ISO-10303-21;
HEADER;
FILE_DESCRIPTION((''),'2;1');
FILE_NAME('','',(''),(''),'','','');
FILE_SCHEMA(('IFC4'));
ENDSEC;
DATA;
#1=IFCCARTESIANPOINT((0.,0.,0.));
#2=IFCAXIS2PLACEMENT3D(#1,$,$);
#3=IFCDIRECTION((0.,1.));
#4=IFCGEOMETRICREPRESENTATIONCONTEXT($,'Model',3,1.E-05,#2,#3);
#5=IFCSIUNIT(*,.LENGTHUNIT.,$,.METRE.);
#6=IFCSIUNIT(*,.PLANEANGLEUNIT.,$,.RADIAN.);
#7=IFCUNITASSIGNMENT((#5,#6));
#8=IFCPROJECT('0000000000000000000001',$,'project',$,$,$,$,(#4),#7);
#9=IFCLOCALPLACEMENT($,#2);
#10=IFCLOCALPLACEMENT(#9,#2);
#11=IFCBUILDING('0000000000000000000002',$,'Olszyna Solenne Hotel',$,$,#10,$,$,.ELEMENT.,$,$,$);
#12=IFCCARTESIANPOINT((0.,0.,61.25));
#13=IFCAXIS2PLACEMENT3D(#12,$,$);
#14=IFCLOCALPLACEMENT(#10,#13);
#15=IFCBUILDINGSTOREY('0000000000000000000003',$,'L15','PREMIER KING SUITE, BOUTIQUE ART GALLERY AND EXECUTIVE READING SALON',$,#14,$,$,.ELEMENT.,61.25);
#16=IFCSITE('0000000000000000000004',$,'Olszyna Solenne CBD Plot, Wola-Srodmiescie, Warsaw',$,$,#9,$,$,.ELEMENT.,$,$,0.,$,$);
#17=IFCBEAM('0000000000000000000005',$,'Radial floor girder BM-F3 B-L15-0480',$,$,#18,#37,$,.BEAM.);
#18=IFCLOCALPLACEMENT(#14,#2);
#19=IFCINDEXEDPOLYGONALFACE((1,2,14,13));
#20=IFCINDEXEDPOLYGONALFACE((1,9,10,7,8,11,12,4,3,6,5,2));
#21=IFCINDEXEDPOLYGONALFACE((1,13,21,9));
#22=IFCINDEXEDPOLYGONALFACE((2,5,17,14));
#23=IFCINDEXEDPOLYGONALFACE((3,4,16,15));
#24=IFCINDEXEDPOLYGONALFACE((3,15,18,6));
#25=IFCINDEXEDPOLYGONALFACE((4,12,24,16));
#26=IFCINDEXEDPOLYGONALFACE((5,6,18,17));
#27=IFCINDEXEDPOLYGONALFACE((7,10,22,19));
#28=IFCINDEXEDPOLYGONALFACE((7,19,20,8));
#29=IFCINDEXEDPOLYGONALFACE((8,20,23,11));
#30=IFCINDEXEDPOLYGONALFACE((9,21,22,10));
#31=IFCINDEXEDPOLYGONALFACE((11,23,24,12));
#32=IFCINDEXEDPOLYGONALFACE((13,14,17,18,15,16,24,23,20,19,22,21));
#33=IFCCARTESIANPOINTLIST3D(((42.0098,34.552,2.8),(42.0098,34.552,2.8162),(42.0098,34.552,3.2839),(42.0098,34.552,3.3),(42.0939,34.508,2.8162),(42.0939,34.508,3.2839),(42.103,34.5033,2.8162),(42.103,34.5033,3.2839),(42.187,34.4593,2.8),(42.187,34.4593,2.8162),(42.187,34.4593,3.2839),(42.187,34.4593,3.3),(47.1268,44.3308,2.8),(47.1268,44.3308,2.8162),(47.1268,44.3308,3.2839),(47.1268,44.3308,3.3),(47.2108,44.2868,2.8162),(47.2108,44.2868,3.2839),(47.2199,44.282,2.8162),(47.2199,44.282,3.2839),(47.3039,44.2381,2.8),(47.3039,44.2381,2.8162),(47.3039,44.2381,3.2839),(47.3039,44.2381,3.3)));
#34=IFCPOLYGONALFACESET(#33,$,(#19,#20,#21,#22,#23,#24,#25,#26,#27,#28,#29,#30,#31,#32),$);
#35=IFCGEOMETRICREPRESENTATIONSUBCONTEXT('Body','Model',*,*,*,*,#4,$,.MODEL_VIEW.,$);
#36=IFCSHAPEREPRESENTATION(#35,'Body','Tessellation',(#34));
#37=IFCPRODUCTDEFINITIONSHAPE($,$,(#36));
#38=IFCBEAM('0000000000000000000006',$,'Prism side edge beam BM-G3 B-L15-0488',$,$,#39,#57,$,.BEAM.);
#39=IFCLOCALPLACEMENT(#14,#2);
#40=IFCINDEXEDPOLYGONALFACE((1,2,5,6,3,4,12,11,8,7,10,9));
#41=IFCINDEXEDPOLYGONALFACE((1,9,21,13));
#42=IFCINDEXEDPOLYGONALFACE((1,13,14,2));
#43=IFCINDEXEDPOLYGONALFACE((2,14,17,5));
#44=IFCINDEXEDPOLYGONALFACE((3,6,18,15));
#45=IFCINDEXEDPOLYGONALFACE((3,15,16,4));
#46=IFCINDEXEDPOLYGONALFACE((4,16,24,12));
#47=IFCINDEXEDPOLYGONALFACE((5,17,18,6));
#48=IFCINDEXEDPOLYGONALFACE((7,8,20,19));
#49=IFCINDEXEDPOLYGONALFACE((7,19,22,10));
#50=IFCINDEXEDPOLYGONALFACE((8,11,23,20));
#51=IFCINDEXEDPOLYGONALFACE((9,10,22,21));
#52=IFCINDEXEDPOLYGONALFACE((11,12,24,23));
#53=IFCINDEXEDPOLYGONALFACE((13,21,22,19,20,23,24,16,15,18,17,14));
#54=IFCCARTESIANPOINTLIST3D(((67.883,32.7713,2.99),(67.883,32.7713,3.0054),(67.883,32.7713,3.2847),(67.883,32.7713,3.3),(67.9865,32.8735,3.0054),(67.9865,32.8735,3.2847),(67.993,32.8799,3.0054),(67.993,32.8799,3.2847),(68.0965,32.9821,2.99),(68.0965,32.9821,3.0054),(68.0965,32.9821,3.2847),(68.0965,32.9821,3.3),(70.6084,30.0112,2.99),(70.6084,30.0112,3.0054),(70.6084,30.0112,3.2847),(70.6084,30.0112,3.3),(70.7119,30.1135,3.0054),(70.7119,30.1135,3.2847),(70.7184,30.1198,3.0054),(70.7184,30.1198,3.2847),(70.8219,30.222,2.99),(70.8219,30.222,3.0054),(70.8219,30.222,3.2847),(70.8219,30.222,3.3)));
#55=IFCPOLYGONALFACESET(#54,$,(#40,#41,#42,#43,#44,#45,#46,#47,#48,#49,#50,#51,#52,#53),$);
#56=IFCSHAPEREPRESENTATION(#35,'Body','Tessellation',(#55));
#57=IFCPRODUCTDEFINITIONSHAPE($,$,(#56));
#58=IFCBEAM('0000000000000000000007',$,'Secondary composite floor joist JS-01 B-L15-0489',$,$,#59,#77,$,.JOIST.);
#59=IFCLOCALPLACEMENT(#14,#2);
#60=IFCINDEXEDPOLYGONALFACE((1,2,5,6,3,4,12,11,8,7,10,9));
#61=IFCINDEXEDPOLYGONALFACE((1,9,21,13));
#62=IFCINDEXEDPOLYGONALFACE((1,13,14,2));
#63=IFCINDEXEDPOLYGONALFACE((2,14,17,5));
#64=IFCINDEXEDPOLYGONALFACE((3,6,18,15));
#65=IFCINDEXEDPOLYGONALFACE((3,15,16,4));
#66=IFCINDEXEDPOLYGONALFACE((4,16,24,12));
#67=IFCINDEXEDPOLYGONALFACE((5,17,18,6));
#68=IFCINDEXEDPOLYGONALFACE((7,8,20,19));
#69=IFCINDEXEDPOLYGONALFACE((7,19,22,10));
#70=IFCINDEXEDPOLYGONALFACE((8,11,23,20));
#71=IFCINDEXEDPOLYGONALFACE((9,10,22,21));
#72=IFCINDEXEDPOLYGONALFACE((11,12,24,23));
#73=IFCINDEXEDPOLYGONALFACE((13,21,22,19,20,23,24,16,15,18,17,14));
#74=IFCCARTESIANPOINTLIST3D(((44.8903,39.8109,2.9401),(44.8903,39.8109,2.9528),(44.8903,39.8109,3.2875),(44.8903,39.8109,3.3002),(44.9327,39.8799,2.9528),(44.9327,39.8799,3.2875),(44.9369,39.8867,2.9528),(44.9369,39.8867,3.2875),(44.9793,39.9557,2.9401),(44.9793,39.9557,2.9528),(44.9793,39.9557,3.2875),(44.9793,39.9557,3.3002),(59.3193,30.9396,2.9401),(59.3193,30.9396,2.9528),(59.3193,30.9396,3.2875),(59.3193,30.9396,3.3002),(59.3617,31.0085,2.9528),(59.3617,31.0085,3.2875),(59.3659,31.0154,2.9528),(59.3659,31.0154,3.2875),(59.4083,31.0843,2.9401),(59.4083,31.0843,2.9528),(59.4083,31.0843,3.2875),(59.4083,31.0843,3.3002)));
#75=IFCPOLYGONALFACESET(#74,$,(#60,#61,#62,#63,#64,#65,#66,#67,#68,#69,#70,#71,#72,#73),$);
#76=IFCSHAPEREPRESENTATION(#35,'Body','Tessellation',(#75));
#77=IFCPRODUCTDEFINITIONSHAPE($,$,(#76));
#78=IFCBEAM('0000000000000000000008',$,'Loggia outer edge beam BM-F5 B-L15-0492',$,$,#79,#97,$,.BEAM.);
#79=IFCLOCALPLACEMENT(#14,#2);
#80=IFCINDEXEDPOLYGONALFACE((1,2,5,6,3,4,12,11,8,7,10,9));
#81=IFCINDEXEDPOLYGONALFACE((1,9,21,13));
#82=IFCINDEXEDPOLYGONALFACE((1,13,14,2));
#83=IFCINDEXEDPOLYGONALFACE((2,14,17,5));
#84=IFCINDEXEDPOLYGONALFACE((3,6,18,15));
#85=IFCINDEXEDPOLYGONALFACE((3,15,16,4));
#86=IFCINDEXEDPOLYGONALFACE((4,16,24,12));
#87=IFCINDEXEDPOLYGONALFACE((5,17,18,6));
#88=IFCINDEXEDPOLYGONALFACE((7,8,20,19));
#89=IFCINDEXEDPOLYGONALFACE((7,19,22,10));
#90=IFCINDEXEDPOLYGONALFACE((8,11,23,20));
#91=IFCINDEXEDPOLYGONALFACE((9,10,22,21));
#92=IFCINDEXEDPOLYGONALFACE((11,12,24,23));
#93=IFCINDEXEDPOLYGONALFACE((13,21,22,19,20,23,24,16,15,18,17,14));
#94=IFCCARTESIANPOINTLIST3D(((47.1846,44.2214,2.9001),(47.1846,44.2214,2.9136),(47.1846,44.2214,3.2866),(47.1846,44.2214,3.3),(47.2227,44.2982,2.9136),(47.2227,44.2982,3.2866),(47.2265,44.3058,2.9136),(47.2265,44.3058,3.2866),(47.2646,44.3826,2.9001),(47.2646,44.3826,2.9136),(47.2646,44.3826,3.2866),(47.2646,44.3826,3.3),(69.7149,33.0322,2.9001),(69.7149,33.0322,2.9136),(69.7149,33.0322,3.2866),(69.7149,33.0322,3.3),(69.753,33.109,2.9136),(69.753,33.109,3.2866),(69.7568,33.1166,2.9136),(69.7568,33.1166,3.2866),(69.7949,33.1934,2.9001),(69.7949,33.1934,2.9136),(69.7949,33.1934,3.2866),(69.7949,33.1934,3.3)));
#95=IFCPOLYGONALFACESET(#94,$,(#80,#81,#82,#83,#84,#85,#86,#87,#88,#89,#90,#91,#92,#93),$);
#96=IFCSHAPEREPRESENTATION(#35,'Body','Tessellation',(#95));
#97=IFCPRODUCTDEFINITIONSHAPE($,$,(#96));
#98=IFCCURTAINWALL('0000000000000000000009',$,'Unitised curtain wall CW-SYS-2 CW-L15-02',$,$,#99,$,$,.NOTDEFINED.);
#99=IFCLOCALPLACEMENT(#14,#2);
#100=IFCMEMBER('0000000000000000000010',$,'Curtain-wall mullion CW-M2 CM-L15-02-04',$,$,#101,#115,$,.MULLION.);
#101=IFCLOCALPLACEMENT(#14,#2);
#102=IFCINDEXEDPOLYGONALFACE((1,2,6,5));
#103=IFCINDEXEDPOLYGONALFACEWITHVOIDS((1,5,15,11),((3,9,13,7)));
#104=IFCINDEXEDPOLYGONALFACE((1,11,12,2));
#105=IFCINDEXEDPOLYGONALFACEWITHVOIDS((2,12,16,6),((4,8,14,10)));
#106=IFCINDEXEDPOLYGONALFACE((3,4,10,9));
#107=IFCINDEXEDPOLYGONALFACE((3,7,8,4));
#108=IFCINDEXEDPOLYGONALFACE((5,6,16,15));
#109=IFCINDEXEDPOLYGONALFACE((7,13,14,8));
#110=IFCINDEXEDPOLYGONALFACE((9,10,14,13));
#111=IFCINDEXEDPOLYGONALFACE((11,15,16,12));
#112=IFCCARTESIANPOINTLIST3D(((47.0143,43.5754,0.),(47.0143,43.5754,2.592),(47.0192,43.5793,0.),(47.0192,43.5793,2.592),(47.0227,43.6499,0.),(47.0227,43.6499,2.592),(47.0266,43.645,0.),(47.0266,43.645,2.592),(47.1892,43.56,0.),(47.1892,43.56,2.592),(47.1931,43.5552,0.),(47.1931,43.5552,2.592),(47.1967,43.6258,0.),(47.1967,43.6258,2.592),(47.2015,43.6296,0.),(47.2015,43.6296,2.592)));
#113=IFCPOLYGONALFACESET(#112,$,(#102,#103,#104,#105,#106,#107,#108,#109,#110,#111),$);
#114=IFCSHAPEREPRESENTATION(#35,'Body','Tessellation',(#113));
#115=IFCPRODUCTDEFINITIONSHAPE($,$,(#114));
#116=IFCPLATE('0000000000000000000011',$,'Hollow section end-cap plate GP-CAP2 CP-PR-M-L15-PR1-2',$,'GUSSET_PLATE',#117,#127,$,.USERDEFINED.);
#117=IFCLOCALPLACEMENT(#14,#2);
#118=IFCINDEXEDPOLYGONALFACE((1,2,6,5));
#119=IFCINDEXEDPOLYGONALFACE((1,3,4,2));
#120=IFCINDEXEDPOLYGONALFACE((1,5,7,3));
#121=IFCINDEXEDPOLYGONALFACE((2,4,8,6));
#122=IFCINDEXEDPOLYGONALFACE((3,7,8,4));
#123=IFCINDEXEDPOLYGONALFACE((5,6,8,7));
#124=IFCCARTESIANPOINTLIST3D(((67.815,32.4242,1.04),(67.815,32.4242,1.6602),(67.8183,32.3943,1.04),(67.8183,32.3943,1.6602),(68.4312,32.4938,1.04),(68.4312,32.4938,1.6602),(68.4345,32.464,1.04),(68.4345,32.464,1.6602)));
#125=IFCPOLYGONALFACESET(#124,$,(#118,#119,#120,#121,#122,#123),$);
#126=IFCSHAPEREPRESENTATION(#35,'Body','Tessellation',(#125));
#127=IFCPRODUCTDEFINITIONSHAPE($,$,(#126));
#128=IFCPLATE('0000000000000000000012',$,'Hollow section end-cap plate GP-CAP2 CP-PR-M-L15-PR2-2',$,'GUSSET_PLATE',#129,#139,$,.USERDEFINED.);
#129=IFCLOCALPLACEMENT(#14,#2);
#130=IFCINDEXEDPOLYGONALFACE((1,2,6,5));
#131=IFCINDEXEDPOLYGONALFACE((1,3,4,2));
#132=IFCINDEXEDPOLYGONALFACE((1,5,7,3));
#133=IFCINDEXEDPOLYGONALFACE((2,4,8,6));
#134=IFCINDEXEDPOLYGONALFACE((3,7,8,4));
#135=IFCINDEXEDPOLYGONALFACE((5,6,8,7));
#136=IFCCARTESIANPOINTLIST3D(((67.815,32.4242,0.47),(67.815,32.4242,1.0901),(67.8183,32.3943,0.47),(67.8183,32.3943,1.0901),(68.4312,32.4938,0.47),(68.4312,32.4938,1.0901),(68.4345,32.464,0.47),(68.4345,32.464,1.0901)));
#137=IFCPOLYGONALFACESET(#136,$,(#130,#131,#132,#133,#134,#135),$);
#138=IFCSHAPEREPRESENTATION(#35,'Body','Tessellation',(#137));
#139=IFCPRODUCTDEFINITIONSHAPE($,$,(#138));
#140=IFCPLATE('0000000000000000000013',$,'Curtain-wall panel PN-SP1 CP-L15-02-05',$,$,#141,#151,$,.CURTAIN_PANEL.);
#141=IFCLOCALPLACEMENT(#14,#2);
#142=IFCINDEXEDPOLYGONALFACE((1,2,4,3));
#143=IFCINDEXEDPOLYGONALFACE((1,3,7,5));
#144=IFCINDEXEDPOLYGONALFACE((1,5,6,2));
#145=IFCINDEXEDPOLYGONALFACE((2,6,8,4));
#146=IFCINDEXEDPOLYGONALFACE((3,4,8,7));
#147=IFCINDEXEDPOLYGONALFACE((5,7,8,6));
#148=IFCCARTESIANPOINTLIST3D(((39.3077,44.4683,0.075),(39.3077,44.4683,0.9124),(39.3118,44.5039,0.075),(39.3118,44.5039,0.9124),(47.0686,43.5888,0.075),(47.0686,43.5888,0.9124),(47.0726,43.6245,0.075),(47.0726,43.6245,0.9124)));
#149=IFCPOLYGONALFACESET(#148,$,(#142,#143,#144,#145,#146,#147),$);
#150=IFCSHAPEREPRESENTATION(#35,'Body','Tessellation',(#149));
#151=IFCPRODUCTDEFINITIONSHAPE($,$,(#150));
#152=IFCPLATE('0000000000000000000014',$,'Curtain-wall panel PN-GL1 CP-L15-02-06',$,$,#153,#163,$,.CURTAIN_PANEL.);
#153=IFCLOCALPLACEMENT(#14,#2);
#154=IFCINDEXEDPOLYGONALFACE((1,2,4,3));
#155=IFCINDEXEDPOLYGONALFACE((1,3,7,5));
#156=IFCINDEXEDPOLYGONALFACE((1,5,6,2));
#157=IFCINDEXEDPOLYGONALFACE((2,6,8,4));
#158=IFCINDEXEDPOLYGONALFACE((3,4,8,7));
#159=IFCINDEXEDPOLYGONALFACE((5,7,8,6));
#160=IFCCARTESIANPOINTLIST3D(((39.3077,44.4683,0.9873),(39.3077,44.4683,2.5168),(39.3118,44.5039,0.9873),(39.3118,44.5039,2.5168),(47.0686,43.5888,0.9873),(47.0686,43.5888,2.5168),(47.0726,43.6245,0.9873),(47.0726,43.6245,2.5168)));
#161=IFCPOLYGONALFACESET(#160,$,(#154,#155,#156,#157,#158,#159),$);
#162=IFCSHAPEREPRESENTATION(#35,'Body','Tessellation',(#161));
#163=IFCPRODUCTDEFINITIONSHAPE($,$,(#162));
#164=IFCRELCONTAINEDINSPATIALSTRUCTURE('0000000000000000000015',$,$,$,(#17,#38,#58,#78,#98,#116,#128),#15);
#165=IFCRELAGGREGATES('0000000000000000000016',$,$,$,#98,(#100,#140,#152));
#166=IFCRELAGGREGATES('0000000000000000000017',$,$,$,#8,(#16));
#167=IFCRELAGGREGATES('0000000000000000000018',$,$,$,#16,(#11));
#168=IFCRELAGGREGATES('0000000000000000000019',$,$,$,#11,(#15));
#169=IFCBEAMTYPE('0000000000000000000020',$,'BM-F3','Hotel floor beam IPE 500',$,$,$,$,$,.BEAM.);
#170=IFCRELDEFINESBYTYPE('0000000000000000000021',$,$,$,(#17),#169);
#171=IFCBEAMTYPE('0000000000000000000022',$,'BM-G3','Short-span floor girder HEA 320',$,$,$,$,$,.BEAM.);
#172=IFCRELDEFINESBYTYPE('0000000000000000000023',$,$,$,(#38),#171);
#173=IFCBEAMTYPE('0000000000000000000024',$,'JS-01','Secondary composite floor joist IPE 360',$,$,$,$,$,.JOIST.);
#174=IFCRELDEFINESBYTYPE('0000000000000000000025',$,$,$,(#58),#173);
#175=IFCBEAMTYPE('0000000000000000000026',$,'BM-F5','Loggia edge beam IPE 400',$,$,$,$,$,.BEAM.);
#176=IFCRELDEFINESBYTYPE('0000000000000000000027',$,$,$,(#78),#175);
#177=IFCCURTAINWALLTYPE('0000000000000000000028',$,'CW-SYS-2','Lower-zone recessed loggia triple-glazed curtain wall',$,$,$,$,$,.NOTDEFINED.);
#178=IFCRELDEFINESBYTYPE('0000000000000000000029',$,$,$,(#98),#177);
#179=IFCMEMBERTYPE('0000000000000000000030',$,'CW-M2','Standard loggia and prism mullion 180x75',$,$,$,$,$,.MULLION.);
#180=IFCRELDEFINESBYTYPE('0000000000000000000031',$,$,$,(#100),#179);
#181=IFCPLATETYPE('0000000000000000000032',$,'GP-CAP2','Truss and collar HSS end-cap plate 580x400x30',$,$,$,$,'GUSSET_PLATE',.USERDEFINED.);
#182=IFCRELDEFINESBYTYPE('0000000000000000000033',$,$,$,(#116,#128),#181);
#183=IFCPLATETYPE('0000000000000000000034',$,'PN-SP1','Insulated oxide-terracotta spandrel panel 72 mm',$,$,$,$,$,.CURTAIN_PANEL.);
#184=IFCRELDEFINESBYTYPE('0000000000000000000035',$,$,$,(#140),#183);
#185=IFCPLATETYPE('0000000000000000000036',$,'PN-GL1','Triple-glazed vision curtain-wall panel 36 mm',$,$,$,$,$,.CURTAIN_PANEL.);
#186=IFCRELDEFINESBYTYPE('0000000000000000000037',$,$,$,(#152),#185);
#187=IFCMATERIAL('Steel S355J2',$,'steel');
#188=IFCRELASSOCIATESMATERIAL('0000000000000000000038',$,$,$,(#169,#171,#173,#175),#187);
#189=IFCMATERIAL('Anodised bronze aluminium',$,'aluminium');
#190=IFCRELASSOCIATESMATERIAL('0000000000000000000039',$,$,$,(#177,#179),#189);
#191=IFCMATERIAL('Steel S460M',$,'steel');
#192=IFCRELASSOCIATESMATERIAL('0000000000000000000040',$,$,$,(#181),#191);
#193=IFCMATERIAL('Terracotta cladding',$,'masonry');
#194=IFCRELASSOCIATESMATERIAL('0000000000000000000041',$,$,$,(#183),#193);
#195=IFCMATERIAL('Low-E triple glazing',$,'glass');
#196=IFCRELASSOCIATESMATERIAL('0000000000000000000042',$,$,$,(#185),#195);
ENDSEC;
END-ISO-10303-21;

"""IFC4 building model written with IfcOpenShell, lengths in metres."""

from ifc_helpers import new_model, si_unit, direction, frame, origin, origin_2d, place, context, subcontext, project, spatial, rectangle, hollow_rectangle, i_section, extrude, source, transform, mapped, material, material_profile, profile_set, type_object, element, aggregate, save


model = new_model("IFC4")

# Units and contexts
model_context = context("Model", 3, precision=1e-05, world=origin(), true_north=direction((0.0, 1.0)))
body_context = subcontext(model_context, "Body", "Model", "MODEL_VIEW")
ifc_project = project(units=[si_unit("LENGTHUNIT", "METRE"), si_unit("PLANEANGLEUNIT", "RADIAN")], contexts=[model_context])

# Site, building, storey
site_placement = place(None, origin())
site = spatial("IfcSite", under=ifc_project, at=site_placement, Name="Olszyna Solenne CBD Plot, Wola-Srodmiescie, Warsaw", CompositionType="ELEMENT", RefElevation=0.0)
building_placement = place(site_placement, origin())
building = spatial("IfcBuilding", under=site, at=building_placement, Name="Olszyna Solenne Hotel", CompositionType="ELEMENT")
storey_placement = place(building_placement, frame((0.0, 0.0, 61.25)))
storey = spatial("IfcBuildingStorey", under=building, at=storey_placement, Name="L15", Description="PREMIER KING SUITE, BOUTIQUE ART GALLERY AND EXECUTIVE READING SALON", CompositionType="ELEMENT", Elevation=61.25)

# Shared definitions
ifc_material_1 = material(Name="Steel S460M", Category="steel")

# Beams
ifc_material_2 = material(Name="Steel S355J2", Category="steel")
ifc_material_profile_1 = material_profile(ifc_material_2, i_section(OverallWidth=0.2, OverallDepth=0.5, WebThickness=0.0103, FlangeThickness=0.0161, at=origin_2d()), Name="IPE 500", Category="load-bearing")
ifc_profile_set_1 = profile_set([ifc_material_profile_1], Name="Steel S355J2")
beam_type_1 = type_object("IfcBeamType", Name="BM-F3", Description="Hotel floor beam IPE 500", PredefinedType="BEAM", material=ifc_profile_set_1)
shared_shape_1 = source(origin(), body_context, "Body", "SweptSolid", [
    extrude(i_section(OverallWidth=0.2, OverallDepth=0.5, WebThickness=0.0103, FlangeThickness=0.0161, at=origin_2d()), origin(), (0.0, 0.0, 1.0), 11.0366),
])
beam_1_placement = place(storey_placement, frame((47.2153, 44.2844, 3.05), z_axis=(-0.463631, -0.886028, 0.0), x_axis=(0.886028, -0.463631, 0.0)))
element("IfcBeam", 1, at=beam_1_placement, inside=storey, type_object=beam_type_1, Name="Radial floor girder BM-F3 B-L15-0480", PredefinedType="BEAM", context=body_context, shape_type="MappedRepresentation", body=[
    mapped(shared_shape_1, transform((0.0, 0.0, 0.0), x_axis=(1.0, 0.0, 0.0), y_axis=(0.0, 1.0, 0.0), z_axis=(0.0, 0.0, 1.0), scale=1.0)),
])
ifc_material_profile_2 = material_profile(ifc_material_2, i_section(OverallWidth=0.3, OverallDepth=0.3101, WebThickness=0.009, FlangeThickness=0.0154, at=origin_2d()), Name="HEA 320", Category="load-bearing")
ifc_profile_set_2 = profile_set([ifc_material_profile_2], Name="Steel S355J2")
beam_type_2 = type_object("IfcBeamType", Name="BM-G3", Description="Short-span floor girder HEA 320", PredefinedType="BEAM", material=ifc_profile_set_2)
shared_shape_2 = source(origin(), body_context, "Body", "SweptSolid", [
    extrude(i_section(OverallWidth=0.3, OverallDepth=0.3101, WebThickness=0.009, FlangeThickness=0.0154, at=origin_2d()), origin(), (0.0, 0.0, 1.0), 3.8789),
])
beam_2_placement = place(storey_placement, frame((67.9897, 32.8767, 3.145), z_axis=(0.702624, -0.711562, 0.0), x_axis=(0.711562, 0.702624, 0.0)))
element("IfcBeam", 2, at=beam_2_placement, inside=storey, type_object=beam_type_2, Name="Prism side edge beam BM-G3 B-L15-0488", PredefinedType="BEAM", context=body_context, shape_type="MappedRepresentation", body=[
    mapped(shared_shape_2, transform((0.0, 0.0, 0.0), x_axis=(1.0, 0.0, 0.0), y_axis=(0.0, 1.0, 0.0), z_axis=(0.0, 0.0, 1.0), scale=1.0)),
])
ifc_material_profile_3 = material_profile(ifc_material_2, i_section(OverallWidth=0.1699, OverallDepth=0.3601, WebThickness=0.0081, FlangeThickness=0.0127, at=origin_2d()), Name="IPE 360", Category="load-bearing")
ifc_profile_set_3 = profile_set([ifc_material_profile_3], Name="Steel S355J2")
beam_type_3 = type_object("IfcBeamType", Name="JS-01", Description="Secondary composite floor joist IPE 360", PredefinedType="JOIST", material=ifc_profile_set_3)
shared_shape_3 = source(origin(), body_context, "Body", "SweptSolid", [
    extrude(i_section(OverallWidth=0.1699, OverallDepth=0.3601, WebThickness=0.0081, FlangeThickness=0.0127, at=origin_2d()), origin(), (0.0, 0.0, 1.0), 16.938),
])
beam_3_placement = place(storey_placement, frame((59.3638, 31.012, 3.1201), z_axis=(-0.85187, 0.523754, 0.0), x_axis=(-0.523754, -0.85187, 0.0)))
element("IfcBeam", 3, at=beam_3_placement, inside=storey, type_object=beam_type_3, Name="Secondary composite floor joist JS-01 B-L15-0489", PredefinedType="JOIST", context=body_context, shape_type="MappedRepresentation", body=[
    mapped(shared_shape_3, transform((0.0, 0.0, 0.0), x_axis=(1.0, 0.0, 0.0), y_axis=(0.0, 1.0, 0.0), z_axis=(0.0, 0.0, 1.0), scale=1.0)),
])
ifc_material_profile_4 = material_profile(ifc_material_2, i_section(OverallWidth=0.1799, OverallDepth=0.3999, WebThickness=0.0085, FlangeThickness=0.0134, at=origin_2d()), Name="IPE 400", Category="load-bearing")
ifc_profile_set_4 = profile_set([ifc_material_profile_4], Name="Steel S355J2")
beam_type_4 = type_object("IfcBeamType", Name="BM-F5", Description="Loggia edge beam IPE 400", PredefinedType="BEAM", material=ifc_profile_set_4)
shared_shape_4 = source(origin(), body_context, "Body", "SweptSolid", [
    extrude(i_section(OverallWidth=0.1799, OverallDepth=0.3999, WebThickness=0.0085, FlangeThickness=0.0134, at=origin_2d()), origin(), (0.0, 0.0, 1.0), 25.1558),
])
beam_4_placement = place(storey_placement, frame((69.7549, 33.1128, 3.1001), z_axis=(-0.895631, 0.444797, 0.0), x_axis=(-0.444797, -0.895631, 0.0)))
element("IfcBeam", 4, at=beam_4_placement, inside=storey, type_object=beam_type_4, Name="Loggia outer edge beam BM-F5 B-L15-0492", PredefinedType="BEAM", context=body_context, shape_type="MappedRepresentation", body=[
    mapped(shared_shape_4, transform((0.0, 0.0, 0.0), x_axis=(1.0, 0.0, 0.0), y_axis=(0.0, 1.0, 0.0), z_axis=(0.0, 0.0, 1.0), scale=1.0)),
])

# Curtain wall, member
ifc_material_3 = material(Name="Anodised bronze aluminium", Category="aluminium")
curtain_wall_type = type_object("IfcCurtainWallType", Name="CW-SYS-2", Description="Lower-zone recessed loggia triple-glazed curtain wall", PredefinedType="NOTDEFINED", material=ifc_material_3)
curtain_wall_placement = place(storey_placement, origin())
curtain_wall = element("IfcCurtainWall", 5, at=curtain_wall_placement, inside=storey, type_object=curtain_wall_type, Name="Unitised curtain wall CW-SYS-2 CW-L15-02", PredefinedType="NOTDEFINED")
ifc_material_profile_5 = material_profile(ifc_material_3, hollow_rectangle(XDim=0.075, YDim=0.1799, WallThickness=0.0044, at=origin_2d()), Name="MULL 180x75x4.5", Category="load-bearing")
ifc_profile_set_5 = profile_set([ifc_material_profile_5], Name="Anodised bronze aluminium")
member_type = type_object("IfcMemberType", Name="CW-M2", Description="Standard loggia and prism mullion 180x75", PredefinedType="MULLION", material=ifc_profile_set_5)
shared_shape_5 = source(origin(), body_context, "Body", "SweptSolid", [
    extrude(hollow_rectangle(XDim=0.075, YDim=0.1799, WallThickness=0.0044, at=origin_2d()), origin(), (0.0, 0.0, 1.0), 2.592),
])
member_placement = place(storey_placement, frame((47.1079, 43.6025, 0.0), z_axis=(0.0, 0.0, 1.0), x_axis=(0.112597, 0.993641, 0.0)))
member = element("IfcMember", 6, at=member_placement, type_object=member_type, Name="Curtain-wall mullion CW-M2 CM-L15-02-04", PredefinedType="MULLION", context=body_context, shape_type="MappedRepresentation", body=[
    mapped(shared_shape_5, transform((0.0, 0.0, 0.0), x_axis=(1.0, 0.0, 0.0), y_axis=(0.0, 1.0, 0.0), z_axis=(0.0, 0.0, 1.0), scale=1.0)),
])

# Plates
plate_type_1 = type_object("IfcPlateType", Name="GP-CAP2", Description="Truss and collar HSS end-cap plate 580x400x30", ElementType="GUSSET_PLATE", PredefinedType="USERDEFINED", material=ifc_material_1)
shared_shape_6 = source(origin(), body_context, "Body", "SweptSolid", [
    extrude(rectangle(XDim=0.03, YDim=0.6201, at=origin_2d()), origin(), (0.0, 0.0, 1.0), 0.6201),
])
for number, where, z_axis, x_axis, name in (
    (7, (68.1248, 32.4441, 1.04), (0.0, 0.0, 1.0), (-0.112336, 0.99367, 0.0), "Hollow section end-cap plate GP-CAP2 CP-PR-M-L15-PR1-2"),
    (8, (68.1248, 32.4441, 0.47), (0.0, 0.0, 1.0), (-0.112336, 0.99367, 0.0), "Hollow section end-cap plate GP-CAP2 CP-PR-M-L15-PR2-2"),
):
    element("IfcPlate", number, at=place(storey_placement, frame(where, z_axis=z_axis, x_axis=x_axis)), inside=storey, type_object=plate_type_1, Name=name, ObjectType="GUSSET_PLATE", PredefinedType="USERDEFINED", context=body_context, shape_type="MappedRepresentation", body=[
        mapped(shared_shape_6, transform((0.0, 0.0, 0.0), x_axis=(1.0, 0.0, 0.0), y_axis=(0.0, 1.0, 0.0), z_axis=(0.0, 0.0, 1.0), scale=1.0)),
    ])

# Plates
ifc_material_4 = material(Name="Terracotta cladding", Category="masonry")
plate_type_2 = type_object("IfcPlateType", Name="PN-SP1", Description="Insulated oxide-terracotta spandrel panel 72 mm", PredefinedType="CURTAIN_PANEL", material=ifc_material_4)
shared_shape_7 = source(origin(), body_context, "Body", "SweptSolid", [
    extrude(rectangle(XDim=7.8105, YDim=0.0359, at=origin_2d()), origin(), (0.0, 0.0, 1.0), 0.8374),
])
plate_1_placement = place(storey_placement, frame((43.1902, 44.0464, 0.075), z_axis=(0.0, 0.0, 1.0), x_axis=(0.993641, -0.112597, 0.0)))
plate_1 = element("IfcPlate", 9, at=plate_1_placement, type_object=plate_type_2, Name="Curtain-wall panel PN-SP1 CP-L15-02-05", PredefinedType="CURTAIN_PANEL", context=body_context, shape_type="MappedRepresentation", body=[
    mapped(shared_shape_7, transform((0.0, 0.0, 0.0), x_axis=(1.0, 0.0, 0.0), y_axis=(0.0, 1.0, 0.0), z_axis=(0.0, 0.0, 1.0), scale=1.0)),
])
ifc_material_5 = material(Name="Low-E triple glazing", Category="glass")
plate_type_3 = type_object("IfcPlateType", Name="PN-GL1", Description="Triple-glazed vision curtain-wall panel 36 mm", PredefinedType="CURTAIN_PANEL", material=ifc_material_5)
shared_shape_8 = source(origin(), body_context, "Body", "SweptSolid", [
    extrude(rectangle(XDim=7.8105, YDim=0.0359, at=origin_2d()), origin(), (0.0, 0.0, 1.0), 1.5295),
])
plate_2_placement = place(storey_placement, frame((43.1902, 44.0464, 0.9873), z_axis=(0.0, 0.0, 1.0), x_axis=(0.993641, -0.112597, 0.0)))
plate_2 = element("IfcPlate", 10, at=plate_2_placement, type_object=plate_type_3, Name="Curtain-wall panel PN-GL1 CP-L15-02-06", PredefinedType="CURTAIN_PANEL", context=body_context, shape_type="MappedRepresentation", body=[
    mapped(shared_shape_8, transform((0.0, 0.0, 0.0), x_axis=(1.0, 0.0, 0.0), y_axis=(0.0, 1.0, 0.0), z_axis=(0.0, 0.0, 1.0), scale=1.0)),
])
aggregate(curtain_wall, [member, plate_1, plate_2])

save(model, "model.ifc")
